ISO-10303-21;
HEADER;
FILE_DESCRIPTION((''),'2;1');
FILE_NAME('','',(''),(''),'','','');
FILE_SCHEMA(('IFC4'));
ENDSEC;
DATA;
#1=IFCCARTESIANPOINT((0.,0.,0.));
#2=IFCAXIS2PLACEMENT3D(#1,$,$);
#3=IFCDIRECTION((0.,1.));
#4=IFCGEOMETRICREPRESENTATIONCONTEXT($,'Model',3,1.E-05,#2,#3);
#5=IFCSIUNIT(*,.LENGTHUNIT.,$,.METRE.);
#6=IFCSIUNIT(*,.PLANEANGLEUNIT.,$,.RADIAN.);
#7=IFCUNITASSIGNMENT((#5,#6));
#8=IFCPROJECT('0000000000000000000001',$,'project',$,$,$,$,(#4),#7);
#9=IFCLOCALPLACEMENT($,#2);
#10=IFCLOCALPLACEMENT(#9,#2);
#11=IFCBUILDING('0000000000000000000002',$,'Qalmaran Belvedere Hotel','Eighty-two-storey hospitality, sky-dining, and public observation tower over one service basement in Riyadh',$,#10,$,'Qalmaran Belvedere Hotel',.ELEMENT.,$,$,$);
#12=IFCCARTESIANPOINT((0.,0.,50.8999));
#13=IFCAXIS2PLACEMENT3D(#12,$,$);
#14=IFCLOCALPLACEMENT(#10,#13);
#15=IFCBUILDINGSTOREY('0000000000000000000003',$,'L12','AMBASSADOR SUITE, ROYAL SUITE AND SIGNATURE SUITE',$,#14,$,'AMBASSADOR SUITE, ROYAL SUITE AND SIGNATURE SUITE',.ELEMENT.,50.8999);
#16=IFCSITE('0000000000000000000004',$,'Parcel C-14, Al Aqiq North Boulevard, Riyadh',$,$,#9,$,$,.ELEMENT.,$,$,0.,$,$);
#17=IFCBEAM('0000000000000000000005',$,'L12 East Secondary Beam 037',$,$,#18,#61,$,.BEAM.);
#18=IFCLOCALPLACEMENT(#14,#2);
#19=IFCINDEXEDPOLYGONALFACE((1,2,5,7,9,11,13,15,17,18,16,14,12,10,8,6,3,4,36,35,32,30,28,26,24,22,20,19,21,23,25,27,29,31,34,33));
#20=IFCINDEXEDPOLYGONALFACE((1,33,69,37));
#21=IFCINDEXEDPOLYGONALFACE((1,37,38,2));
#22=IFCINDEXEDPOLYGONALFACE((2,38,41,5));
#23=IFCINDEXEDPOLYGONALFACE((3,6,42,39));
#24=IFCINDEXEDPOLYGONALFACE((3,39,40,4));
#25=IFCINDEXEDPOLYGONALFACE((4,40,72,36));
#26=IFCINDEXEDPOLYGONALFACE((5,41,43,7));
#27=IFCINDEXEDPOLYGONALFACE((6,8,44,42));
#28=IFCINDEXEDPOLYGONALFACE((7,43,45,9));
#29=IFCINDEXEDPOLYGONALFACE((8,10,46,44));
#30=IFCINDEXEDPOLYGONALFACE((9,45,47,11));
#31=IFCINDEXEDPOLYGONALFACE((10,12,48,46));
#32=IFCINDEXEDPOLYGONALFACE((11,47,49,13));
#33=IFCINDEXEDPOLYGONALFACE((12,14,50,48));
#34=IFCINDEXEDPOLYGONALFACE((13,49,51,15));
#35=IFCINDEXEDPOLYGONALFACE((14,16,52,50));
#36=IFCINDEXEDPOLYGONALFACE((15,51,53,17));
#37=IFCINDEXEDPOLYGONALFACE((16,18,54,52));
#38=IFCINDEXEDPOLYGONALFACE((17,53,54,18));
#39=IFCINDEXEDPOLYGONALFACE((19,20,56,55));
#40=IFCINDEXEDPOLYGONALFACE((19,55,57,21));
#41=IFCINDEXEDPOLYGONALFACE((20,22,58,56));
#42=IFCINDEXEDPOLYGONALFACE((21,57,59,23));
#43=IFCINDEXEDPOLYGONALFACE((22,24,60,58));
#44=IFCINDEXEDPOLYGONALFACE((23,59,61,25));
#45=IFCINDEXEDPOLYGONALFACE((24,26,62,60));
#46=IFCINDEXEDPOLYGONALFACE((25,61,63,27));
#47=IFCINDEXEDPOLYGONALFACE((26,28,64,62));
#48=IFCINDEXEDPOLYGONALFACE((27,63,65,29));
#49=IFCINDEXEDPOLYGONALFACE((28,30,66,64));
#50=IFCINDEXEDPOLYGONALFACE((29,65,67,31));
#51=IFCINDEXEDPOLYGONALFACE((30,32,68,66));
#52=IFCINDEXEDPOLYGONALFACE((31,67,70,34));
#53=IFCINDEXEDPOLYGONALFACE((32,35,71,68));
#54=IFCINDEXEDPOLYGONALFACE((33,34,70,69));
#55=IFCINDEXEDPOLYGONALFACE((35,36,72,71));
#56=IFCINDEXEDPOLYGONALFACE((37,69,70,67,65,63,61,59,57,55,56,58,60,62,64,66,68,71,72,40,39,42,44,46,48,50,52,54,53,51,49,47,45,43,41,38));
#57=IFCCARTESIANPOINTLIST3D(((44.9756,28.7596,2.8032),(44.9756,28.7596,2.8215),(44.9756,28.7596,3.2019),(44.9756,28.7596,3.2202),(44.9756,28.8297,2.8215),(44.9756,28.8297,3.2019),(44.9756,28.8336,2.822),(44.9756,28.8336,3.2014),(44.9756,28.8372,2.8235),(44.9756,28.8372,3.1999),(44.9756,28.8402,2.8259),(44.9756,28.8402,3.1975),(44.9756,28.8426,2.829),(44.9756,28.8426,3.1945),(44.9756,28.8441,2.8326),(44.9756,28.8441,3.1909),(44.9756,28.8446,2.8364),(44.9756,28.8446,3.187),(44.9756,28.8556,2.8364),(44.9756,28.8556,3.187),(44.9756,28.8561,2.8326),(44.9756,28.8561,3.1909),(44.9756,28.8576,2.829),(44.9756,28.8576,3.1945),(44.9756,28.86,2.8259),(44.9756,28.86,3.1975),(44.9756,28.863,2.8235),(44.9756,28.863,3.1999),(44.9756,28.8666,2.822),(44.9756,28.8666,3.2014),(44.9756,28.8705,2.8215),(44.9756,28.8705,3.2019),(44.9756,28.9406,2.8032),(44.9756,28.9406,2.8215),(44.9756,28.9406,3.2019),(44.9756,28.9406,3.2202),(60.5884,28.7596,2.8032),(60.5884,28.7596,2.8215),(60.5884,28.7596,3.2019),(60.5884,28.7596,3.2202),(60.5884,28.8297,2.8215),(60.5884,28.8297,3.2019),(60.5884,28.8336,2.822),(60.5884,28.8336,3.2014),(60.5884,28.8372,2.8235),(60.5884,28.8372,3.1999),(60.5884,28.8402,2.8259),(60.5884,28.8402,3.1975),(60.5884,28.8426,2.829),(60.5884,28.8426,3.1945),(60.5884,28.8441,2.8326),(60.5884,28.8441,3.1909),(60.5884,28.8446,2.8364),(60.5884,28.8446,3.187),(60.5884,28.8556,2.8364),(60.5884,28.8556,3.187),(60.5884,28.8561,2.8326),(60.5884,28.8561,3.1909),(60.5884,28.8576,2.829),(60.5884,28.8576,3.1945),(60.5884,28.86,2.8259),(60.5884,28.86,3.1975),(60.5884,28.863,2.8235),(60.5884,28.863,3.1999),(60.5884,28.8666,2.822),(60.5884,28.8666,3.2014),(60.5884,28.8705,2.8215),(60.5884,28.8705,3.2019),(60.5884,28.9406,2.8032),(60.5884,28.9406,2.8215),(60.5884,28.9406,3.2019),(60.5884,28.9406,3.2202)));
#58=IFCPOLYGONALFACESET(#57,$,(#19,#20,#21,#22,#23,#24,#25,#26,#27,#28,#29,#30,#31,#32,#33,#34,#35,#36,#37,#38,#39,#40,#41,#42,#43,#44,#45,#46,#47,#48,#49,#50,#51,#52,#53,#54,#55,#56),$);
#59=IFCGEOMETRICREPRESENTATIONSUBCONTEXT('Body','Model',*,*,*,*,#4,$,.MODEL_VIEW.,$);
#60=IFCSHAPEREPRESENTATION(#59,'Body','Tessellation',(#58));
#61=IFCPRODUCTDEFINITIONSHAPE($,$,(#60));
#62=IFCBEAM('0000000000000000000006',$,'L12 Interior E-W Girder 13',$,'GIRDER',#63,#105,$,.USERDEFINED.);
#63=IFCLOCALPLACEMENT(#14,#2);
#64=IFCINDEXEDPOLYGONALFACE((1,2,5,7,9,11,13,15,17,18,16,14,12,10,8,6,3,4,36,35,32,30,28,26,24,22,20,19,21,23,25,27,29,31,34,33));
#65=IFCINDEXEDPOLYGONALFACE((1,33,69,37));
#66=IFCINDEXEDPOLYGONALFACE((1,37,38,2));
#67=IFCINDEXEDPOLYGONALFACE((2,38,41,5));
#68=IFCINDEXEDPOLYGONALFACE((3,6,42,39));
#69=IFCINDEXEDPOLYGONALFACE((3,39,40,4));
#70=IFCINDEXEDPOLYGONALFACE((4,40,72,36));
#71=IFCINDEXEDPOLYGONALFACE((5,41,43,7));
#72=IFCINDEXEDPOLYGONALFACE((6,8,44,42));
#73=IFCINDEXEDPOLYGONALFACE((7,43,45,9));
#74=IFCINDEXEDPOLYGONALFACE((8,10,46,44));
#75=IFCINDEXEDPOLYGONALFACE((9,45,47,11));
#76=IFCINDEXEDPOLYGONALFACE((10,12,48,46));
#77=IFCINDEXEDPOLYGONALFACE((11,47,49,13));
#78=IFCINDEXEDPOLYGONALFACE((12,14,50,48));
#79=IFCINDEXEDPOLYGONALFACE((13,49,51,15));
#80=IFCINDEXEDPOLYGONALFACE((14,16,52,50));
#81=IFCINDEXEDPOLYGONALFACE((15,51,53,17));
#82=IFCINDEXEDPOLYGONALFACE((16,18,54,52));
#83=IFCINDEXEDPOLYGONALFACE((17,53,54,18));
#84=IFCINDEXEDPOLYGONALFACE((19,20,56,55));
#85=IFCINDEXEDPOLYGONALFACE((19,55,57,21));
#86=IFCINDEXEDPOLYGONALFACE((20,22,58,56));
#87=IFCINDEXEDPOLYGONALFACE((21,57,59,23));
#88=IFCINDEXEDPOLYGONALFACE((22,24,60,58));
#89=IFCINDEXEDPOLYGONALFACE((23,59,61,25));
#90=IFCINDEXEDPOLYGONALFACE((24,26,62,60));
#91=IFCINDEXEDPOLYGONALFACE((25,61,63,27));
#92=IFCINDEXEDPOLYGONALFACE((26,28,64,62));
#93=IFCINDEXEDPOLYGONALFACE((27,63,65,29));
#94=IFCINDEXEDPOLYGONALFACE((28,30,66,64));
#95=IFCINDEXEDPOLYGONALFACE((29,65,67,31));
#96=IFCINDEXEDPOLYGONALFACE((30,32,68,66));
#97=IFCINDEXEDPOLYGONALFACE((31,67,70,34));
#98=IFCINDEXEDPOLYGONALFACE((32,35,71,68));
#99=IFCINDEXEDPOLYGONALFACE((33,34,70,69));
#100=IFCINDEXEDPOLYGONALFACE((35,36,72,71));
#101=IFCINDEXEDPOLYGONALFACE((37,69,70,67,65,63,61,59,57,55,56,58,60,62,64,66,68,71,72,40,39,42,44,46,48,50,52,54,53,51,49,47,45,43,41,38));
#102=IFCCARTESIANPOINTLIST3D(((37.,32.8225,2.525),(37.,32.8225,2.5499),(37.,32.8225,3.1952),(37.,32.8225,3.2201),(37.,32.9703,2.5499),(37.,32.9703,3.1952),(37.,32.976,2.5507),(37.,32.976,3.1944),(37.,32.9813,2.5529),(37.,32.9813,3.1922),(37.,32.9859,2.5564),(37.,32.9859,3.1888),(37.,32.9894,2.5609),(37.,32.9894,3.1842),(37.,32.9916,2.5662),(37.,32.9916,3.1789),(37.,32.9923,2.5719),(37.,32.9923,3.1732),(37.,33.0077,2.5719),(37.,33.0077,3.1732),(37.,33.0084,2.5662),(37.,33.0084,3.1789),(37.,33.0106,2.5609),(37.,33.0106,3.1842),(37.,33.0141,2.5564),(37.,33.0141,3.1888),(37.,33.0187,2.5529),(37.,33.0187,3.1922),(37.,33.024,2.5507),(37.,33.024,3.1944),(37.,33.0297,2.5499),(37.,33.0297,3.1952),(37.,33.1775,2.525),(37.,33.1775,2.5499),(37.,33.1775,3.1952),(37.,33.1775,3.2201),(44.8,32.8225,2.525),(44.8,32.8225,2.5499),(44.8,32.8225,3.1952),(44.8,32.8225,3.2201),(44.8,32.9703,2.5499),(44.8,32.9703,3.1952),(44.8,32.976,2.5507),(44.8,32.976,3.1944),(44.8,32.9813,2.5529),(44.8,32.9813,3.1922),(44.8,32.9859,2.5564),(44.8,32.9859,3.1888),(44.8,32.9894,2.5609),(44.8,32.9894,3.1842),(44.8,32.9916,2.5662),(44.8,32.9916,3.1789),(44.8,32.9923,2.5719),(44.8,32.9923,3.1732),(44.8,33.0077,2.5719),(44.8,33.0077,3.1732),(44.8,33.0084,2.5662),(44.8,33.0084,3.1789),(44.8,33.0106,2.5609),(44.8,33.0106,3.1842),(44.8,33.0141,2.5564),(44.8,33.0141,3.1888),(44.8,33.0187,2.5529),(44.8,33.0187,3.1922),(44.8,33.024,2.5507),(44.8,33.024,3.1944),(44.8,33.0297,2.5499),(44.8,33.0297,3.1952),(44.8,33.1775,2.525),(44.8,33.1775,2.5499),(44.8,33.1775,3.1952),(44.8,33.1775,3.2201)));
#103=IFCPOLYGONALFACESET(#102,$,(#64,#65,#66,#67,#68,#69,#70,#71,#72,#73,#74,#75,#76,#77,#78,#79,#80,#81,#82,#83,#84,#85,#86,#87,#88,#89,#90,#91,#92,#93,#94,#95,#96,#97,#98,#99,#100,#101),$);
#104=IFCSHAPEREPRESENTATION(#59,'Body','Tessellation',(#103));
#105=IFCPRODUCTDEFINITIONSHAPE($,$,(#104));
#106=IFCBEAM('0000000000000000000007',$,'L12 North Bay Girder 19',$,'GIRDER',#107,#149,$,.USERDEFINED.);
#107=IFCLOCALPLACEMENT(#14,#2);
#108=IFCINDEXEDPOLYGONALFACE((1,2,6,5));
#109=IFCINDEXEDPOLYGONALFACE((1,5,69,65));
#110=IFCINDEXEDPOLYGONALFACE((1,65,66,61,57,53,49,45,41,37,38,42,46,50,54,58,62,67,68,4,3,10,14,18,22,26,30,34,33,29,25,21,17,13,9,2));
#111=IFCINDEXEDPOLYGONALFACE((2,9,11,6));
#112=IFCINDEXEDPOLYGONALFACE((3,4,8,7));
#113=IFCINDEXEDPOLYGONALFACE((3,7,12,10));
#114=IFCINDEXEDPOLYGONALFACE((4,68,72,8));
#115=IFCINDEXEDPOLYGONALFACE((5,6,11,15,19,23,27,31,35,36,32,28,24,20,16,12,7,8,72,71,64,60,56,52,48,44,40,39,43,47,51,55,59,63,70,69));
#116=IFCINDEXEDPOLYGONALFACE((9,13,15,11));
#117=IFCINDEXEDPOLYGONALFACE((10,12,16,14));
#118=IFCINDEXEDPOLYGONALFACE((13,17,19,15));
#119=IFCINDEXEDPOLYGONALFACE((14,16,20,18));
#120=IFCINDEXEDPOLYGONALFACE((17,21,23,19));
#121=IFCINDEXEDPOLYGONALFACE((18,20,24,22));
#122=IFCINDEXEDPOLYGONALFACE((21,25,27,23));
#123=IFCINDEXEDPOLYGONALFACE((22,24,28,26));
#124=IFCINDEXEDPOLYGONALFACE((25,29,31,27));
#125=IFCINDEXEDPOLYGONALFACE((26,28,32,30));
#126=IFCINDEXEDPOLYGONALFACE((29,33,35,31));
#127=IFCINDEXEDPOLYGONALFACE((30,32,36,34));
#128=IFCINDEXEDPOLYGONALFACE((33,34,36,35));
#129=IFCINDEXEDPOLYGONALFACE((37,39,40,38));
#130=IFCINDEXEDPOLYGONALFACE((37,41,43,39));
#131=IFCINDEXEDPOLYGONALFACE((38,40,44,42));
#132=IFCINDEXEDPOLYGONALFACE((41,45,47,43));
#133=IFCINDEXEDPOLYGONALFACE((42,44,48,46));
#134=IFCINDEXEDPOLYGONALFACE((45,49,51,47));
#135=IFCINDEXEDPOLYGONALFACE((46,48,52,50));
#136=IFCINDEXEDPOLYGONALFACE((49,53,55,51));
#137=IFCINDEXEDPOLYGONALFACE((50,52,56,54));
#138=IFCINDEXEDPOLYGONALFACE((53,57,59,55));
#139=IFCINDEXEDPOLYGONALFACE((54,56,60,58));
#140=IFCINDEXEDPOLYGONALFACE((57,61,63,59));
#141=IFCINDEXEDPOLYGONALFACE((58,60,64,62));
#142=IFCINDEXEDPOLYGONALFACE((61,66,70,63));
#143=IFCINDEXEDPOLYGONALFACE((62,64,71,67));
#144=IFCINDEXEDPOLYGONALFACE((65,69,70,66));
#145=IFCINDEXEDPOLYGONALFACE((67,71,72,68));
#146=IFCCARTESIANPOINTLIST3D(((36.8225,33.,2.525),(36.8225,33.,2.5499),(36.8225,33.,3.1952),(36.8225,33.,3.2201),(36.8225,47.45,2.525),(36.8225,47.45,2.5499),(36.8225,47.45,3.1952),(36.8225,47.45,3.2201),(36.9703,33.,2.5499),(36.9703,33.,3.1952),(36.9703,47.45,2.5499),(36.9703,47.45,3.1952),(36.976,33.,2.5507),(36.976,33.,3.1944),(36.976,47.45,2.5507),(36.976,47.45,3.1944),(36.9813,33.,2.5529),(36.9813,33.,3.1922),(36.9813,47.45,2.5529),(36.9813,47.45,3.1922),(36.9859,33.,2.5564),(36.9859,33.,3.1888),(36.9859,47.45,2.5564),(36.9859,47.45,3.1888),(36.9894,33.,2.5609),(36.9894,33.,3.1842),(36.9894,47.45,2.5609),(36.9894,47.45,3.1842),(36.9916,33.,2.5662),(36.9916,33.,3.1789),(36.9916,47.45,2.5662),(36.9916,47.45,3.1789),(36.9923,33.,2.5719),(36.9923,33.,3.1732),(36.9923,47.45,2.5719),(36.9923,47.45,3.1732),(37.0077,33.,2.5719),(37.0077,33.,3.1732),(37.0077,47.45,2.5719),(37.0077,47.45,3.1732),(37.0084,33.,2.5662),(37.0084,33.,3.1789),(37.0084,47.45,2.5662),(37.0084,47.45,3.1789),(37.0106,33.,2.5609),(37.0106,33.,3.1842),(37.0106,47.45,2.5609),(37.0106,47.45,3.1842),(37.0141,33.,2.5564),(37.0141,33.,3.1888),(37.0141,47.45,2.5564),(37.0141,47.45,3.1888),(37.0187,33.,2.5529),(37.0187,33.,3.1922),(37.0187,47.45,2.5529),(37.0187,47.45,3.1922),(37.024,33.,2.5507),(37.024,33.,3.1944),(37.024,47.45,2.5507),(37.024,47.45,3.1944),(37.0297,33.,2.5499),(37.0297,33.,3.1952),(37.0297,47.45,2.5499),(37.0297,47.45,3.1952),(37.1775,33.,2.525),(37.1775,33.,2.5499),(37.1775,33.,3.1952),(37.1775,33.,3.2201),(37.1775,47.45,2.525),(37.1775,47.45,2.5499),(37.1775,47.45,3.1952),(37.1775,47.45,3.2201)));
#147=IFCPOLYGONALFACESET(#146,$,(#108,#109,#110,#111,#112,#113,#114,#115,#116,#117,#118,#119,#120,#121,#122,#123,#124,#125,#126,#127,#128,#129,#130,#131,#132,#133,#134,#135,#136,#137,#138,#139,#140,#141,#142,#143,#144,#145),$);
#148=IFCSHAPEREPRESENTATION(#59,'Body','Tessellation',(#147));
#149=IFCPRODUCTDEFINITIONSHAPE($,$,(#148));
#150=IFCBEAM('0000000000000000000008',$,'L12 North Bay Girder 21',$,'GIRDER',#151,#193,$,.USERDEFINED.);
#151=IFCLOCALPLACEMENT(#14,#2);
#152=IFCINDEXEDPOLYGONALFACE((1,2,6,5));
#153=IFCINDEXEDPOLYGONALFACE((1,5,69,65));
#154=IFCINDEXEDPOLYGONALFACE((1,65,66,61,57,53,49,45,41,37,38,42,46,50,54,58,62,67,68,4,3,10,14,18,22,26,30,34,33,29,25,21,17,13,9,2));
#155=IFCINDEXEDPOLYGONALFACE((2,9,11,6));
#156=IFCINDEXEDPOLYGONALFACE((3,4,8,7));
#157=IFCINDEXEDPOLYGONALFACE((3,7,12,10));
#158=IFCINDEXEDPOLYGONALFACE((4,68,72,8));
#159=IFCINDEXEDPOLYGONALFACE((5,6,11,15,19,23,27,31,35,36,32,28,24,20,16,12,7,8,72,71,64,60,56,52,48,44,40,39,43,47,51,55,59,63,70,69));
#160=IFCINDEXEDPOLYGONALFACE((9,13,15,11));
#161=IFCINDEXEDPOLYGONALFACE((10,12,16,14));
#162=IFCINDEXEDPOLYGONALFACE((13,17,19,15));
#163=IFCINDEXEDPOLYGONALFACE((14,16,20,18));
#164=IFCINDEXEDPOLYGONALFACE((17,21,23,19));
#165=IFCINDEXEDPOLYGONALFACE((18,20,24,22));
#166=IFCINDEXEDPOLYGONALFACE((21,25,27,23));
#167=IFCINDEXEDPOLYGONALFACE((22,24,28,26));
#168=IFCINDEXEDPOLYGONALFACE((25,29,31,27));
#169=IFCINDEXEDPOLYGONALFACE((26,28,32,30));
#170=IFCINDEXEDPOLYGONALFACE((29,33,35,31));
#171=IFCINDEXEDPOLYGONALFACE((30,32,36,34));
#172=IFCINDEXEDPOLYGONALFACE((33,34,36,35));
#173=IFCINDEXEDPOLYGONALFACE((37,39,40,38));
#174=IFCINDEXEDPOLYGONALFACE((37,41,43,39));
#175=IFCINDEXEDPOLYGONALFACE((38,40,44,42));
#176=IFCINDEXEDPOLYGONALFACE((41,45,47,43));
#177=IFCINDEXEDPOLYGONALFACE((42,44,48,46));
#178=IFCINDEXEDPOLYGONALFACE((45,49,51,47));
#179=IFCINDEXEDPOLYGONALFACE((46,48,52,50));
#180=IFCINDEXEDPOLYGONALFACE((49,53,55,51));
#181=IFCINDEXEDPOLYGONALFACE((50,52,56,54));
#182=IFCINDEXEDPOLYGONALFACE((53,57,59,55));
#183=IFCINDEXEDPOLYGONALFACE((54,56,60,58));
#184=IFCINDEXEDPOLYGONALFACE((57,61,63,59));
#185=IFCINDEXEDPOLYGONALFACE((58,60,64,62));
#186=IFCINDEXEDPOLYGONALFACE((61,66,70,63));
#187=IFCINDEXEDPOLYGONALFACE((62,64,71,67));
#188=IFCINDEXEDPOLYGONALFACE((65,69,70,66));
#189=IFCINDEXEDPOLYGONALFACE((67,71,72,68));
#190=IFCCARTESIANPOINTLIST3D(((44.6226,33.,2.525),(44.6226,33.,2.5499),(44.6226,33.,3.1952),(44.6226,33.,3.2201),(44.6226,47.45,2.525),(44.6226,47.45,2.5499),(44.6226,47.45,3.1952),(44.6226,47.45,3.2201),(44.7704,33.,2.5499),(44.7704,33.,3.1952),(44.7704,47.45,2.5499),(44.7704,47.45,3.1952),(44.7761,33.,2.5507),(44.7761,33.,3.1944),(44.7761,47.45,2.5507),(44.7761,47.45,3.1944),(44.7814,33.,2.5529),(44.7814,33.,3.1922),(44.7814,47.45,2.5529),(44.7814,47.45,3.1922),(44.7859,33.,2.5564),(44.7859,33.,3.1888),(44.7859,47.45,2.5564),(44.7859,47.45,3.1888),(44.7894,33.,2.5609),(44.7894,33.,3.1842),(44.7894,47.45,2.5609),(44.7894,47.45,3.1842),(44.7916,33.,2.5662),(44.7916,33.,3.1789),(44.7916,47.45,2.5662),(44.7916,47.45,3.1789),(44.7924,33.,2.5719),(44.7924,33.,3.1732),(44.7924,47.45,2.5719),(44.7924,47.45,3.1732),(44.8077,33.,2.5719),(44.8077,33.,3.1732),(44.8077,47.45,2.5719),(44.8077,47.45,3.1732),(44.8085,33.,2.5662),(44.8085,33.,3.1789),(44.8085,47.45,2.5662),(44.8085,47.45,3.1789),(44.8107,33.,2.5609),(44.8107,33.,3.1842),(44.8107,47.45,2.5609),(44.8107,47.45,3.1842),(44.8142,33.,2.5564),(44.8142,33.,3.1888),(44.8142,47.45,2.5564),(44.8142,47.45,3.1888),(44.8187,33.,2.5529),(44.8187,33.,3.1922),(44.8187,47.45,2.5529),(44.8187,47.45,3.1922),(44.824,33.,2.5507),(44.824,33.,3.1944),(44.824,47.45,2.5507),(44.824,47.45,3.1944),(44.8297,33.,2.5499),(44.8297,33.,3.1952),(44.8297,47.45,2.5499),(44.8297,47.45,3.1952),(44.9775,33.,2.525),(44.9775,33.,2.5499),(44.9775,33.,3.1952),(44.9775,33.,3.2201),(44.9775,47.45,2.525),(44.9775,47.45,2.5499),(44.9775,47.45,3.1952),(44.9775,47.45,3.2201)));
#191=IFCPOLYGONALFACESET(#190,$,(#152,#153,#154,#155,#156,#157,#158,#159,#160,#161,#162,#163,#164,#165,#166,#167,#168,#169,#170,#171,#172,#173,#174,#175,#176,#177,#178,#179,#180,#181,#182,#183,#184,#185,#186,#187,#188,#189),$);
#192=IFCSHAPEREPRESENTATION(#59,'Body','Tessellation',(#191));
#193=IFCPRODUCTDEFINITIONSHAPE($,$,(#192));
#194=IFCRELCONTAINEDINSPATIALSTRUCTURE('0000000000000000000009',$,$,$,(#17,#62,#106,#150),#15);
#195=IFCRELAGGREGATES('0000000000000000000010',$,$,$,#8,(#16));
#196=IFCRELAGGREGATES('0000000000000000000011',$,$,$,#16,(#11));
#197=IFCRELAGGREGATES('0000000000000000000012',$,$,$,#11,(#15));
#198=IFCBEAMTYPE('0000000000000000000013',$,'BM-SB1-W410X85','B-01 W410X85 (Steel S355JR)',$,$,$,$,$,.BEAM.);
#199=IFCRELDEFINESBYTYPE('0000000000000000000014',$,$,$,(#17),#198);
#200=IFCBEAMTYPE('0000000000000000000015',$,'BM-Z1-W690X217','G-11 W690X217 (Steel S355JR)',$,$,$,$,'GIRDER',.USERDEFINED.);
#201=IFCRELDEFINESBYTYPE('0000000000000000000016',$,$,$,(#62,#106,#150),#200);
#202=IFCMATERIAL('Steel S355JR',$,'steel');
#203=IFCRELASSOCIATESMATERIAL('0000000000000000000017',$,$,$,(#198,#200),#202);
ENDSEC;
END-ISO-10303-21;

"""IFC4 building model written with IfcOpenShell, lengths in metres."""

from ifc_helpers import new_model, si_unit, direction, frame, origin, origin_2d, place, context, subcontext, project, spatial, i_section, extrude, material, material_profile, profile_set, type_object, element, save


model = new_model("IFC4")

# Units and contexts
model_context = context("Model", 3, precision=1e-05, world=origin(), true_north=direction((0.0, 1.0)))
body_context = subcontext(model_context, "Body", "Model", "MODEL_VIEW")
ifc_project = project(units=[si_unit("LENGTHUNIT", "METRE"), si_unit("PLANEANGLEUNIT", "RADIAN")], contexts=[model_context])

# Site, building, storey
site_placement = place(None, origin())
site = spatial("IfcSite", under=ifc_project, at=site_placement, Name="Parcel C-14, Al Aqiq North Boulevard, Riyadh", CompositionType="ELEMENT", RefElevation=0.0)
building_placement = place(site_placement, origin())
building = spatial("IfcBuilding", under=site, at=building_placement, Name="Qalmaran Belvedere Hotel", Description="Eighty-two-storey hospitality, sky-dining, and public observation tower over one service basement in Riyadh", LongName="Qalmaran Belvedere Hotel", CompositionType="ELEMENT")
storey_placement = place(building_placement, frame((0.0, 0.0, 50.8999)))
storey = spatial("IfcBuildingStorey", under=building, at=storey_placement, Name="L12", Description="AMBASSADOR SUITE, ROYAL SUITE AND SIGNATURE SUITE", LongName="AMBASSADOR SUITE, ROYAL SUITE AND SIGNATURE SUITE", CompositionType="ELEMENT", Elevation=50.8999)

# Beams
ifc_material_1 = material(Name="Steel S355JR", Category="steel")
ifc_material_profile_1 = material_profile(ifc_material_1, i_section(OverallWidth=0.1809, OverallDepth=0.417, WebThickness=0.011, FlangeThickness=0.0183, FilletRadius=0.0149, at=origin_2d()), Name="W410X85")
ifc_profile_set_1 = profile_set([ifc_material_profile_1], Name="Steel S355JR")
beam_type_1 = type_object("IfcBeamType", Name="BM-SB1-W410X85", Description="B-01 W410X85 (Steel S355JR)", PredefinedType="BEAM", material=ifc_profile_set_1)
beam_1_placement = place(storey_placement, frame((44.9756, 28.8501, 3.0117), z_axis=(1.0, 0.0, 0.0), x_axis=(0.0, 1.0, 0.0)))
element("IfcBeam", 1, at=beam_1_placement, inside=storey, type_object=beam_type_1, Name="L12 East Secondary Beam 037", PredefinedType="BEAM", context=body_context, shape_type="SweptSolid", body=[
    extrude(i_section(OverallWidth=0.1809, OverallDepth=0.417, WebThickness=0.011, FlangeThickness=0.0183, FilletRadius=0.0149, at=origin_2d()), origin(), (0.0, 0.0, 1.0), 15.6128),
])
ifc_material_profile_2 = material_profile(ifc_material_1, i_section(OverallWidth=0.355, OverallDepth=0.6951, WebThickness=0.0154, FlangeThickness=0.0249, FilletRadius=0.022, at=origin_2d()), Name="W690X217")
ifc_profile_set_2 = profile_set([ifc_material_profile_2], Name="Steel S355JR")
beam_type_2 = type_object("IfcBeamType", Name="BM-Z1-W690X217", Description="G-11 W690X217 (Steel S355JR)", ElementType="GIRDER", PredefinedType="USERDEFINED", material=ifc_profile_set_2)
beam_2_placement = place(storey_placement, frame((37.0, 33.0, 2.8726), z_axis=(1.0, 0.0, 0.0), x_axis=(0.0, 1.0, 0.0)))
element("IfcBeam", 2, at=beam_2_placement, inside=storey, type_object=beam_type_2, Name="L12 Interior E-W Girder 13", ObjectType="GIRDER", PredefinedType="USERDEFINED", context=body_context, shape_type="SweptSolid", body=[
    extrude(i_section(OverallWidth=0.355, OverallDepth=0.6951, WebThickness=0.0154, FlangeThickness=0.0249, FilletRadius=0.022, at=origin_2d()), origin(), (0.0, 0.0, 1.0), 7.8),
])
for number, where, z_axis, x_axis, name in (
    (3, (37.0, 33.0, 2.8726), (0.0, 1.0, 0.0), (-1.0, 0.0, 0.0), "L12 North Bay Girder 19"),
    (4, (44.8, 33.0, 2.8726), (0.0, 1.0, 0.0), (-1.0, 0.0, 0.0), "L12 North Bay Girder 21"),
):
    element("IfcBeam", number, at=place(storey_placement, frame(where, z_axis=z_axis, x_axis=x_axis)), inside=storey, type_object=beam_type_2, Name=name, ObjectType="GIRDER", PredefinedType="USERDEFINED", context=body_context, shape_type="SweptSolid", body=[
        extrude(i_section(OverallWidth=0.355, OverallDepth=0.6951, WebThickness=0.0154, FlangeThickness=0.0249, FilletRadius=0.022, at=origin_2d()), origin(), (0.0, 0.0, 1.0), 14.45),
    ])

save(model, "model.ifc")
